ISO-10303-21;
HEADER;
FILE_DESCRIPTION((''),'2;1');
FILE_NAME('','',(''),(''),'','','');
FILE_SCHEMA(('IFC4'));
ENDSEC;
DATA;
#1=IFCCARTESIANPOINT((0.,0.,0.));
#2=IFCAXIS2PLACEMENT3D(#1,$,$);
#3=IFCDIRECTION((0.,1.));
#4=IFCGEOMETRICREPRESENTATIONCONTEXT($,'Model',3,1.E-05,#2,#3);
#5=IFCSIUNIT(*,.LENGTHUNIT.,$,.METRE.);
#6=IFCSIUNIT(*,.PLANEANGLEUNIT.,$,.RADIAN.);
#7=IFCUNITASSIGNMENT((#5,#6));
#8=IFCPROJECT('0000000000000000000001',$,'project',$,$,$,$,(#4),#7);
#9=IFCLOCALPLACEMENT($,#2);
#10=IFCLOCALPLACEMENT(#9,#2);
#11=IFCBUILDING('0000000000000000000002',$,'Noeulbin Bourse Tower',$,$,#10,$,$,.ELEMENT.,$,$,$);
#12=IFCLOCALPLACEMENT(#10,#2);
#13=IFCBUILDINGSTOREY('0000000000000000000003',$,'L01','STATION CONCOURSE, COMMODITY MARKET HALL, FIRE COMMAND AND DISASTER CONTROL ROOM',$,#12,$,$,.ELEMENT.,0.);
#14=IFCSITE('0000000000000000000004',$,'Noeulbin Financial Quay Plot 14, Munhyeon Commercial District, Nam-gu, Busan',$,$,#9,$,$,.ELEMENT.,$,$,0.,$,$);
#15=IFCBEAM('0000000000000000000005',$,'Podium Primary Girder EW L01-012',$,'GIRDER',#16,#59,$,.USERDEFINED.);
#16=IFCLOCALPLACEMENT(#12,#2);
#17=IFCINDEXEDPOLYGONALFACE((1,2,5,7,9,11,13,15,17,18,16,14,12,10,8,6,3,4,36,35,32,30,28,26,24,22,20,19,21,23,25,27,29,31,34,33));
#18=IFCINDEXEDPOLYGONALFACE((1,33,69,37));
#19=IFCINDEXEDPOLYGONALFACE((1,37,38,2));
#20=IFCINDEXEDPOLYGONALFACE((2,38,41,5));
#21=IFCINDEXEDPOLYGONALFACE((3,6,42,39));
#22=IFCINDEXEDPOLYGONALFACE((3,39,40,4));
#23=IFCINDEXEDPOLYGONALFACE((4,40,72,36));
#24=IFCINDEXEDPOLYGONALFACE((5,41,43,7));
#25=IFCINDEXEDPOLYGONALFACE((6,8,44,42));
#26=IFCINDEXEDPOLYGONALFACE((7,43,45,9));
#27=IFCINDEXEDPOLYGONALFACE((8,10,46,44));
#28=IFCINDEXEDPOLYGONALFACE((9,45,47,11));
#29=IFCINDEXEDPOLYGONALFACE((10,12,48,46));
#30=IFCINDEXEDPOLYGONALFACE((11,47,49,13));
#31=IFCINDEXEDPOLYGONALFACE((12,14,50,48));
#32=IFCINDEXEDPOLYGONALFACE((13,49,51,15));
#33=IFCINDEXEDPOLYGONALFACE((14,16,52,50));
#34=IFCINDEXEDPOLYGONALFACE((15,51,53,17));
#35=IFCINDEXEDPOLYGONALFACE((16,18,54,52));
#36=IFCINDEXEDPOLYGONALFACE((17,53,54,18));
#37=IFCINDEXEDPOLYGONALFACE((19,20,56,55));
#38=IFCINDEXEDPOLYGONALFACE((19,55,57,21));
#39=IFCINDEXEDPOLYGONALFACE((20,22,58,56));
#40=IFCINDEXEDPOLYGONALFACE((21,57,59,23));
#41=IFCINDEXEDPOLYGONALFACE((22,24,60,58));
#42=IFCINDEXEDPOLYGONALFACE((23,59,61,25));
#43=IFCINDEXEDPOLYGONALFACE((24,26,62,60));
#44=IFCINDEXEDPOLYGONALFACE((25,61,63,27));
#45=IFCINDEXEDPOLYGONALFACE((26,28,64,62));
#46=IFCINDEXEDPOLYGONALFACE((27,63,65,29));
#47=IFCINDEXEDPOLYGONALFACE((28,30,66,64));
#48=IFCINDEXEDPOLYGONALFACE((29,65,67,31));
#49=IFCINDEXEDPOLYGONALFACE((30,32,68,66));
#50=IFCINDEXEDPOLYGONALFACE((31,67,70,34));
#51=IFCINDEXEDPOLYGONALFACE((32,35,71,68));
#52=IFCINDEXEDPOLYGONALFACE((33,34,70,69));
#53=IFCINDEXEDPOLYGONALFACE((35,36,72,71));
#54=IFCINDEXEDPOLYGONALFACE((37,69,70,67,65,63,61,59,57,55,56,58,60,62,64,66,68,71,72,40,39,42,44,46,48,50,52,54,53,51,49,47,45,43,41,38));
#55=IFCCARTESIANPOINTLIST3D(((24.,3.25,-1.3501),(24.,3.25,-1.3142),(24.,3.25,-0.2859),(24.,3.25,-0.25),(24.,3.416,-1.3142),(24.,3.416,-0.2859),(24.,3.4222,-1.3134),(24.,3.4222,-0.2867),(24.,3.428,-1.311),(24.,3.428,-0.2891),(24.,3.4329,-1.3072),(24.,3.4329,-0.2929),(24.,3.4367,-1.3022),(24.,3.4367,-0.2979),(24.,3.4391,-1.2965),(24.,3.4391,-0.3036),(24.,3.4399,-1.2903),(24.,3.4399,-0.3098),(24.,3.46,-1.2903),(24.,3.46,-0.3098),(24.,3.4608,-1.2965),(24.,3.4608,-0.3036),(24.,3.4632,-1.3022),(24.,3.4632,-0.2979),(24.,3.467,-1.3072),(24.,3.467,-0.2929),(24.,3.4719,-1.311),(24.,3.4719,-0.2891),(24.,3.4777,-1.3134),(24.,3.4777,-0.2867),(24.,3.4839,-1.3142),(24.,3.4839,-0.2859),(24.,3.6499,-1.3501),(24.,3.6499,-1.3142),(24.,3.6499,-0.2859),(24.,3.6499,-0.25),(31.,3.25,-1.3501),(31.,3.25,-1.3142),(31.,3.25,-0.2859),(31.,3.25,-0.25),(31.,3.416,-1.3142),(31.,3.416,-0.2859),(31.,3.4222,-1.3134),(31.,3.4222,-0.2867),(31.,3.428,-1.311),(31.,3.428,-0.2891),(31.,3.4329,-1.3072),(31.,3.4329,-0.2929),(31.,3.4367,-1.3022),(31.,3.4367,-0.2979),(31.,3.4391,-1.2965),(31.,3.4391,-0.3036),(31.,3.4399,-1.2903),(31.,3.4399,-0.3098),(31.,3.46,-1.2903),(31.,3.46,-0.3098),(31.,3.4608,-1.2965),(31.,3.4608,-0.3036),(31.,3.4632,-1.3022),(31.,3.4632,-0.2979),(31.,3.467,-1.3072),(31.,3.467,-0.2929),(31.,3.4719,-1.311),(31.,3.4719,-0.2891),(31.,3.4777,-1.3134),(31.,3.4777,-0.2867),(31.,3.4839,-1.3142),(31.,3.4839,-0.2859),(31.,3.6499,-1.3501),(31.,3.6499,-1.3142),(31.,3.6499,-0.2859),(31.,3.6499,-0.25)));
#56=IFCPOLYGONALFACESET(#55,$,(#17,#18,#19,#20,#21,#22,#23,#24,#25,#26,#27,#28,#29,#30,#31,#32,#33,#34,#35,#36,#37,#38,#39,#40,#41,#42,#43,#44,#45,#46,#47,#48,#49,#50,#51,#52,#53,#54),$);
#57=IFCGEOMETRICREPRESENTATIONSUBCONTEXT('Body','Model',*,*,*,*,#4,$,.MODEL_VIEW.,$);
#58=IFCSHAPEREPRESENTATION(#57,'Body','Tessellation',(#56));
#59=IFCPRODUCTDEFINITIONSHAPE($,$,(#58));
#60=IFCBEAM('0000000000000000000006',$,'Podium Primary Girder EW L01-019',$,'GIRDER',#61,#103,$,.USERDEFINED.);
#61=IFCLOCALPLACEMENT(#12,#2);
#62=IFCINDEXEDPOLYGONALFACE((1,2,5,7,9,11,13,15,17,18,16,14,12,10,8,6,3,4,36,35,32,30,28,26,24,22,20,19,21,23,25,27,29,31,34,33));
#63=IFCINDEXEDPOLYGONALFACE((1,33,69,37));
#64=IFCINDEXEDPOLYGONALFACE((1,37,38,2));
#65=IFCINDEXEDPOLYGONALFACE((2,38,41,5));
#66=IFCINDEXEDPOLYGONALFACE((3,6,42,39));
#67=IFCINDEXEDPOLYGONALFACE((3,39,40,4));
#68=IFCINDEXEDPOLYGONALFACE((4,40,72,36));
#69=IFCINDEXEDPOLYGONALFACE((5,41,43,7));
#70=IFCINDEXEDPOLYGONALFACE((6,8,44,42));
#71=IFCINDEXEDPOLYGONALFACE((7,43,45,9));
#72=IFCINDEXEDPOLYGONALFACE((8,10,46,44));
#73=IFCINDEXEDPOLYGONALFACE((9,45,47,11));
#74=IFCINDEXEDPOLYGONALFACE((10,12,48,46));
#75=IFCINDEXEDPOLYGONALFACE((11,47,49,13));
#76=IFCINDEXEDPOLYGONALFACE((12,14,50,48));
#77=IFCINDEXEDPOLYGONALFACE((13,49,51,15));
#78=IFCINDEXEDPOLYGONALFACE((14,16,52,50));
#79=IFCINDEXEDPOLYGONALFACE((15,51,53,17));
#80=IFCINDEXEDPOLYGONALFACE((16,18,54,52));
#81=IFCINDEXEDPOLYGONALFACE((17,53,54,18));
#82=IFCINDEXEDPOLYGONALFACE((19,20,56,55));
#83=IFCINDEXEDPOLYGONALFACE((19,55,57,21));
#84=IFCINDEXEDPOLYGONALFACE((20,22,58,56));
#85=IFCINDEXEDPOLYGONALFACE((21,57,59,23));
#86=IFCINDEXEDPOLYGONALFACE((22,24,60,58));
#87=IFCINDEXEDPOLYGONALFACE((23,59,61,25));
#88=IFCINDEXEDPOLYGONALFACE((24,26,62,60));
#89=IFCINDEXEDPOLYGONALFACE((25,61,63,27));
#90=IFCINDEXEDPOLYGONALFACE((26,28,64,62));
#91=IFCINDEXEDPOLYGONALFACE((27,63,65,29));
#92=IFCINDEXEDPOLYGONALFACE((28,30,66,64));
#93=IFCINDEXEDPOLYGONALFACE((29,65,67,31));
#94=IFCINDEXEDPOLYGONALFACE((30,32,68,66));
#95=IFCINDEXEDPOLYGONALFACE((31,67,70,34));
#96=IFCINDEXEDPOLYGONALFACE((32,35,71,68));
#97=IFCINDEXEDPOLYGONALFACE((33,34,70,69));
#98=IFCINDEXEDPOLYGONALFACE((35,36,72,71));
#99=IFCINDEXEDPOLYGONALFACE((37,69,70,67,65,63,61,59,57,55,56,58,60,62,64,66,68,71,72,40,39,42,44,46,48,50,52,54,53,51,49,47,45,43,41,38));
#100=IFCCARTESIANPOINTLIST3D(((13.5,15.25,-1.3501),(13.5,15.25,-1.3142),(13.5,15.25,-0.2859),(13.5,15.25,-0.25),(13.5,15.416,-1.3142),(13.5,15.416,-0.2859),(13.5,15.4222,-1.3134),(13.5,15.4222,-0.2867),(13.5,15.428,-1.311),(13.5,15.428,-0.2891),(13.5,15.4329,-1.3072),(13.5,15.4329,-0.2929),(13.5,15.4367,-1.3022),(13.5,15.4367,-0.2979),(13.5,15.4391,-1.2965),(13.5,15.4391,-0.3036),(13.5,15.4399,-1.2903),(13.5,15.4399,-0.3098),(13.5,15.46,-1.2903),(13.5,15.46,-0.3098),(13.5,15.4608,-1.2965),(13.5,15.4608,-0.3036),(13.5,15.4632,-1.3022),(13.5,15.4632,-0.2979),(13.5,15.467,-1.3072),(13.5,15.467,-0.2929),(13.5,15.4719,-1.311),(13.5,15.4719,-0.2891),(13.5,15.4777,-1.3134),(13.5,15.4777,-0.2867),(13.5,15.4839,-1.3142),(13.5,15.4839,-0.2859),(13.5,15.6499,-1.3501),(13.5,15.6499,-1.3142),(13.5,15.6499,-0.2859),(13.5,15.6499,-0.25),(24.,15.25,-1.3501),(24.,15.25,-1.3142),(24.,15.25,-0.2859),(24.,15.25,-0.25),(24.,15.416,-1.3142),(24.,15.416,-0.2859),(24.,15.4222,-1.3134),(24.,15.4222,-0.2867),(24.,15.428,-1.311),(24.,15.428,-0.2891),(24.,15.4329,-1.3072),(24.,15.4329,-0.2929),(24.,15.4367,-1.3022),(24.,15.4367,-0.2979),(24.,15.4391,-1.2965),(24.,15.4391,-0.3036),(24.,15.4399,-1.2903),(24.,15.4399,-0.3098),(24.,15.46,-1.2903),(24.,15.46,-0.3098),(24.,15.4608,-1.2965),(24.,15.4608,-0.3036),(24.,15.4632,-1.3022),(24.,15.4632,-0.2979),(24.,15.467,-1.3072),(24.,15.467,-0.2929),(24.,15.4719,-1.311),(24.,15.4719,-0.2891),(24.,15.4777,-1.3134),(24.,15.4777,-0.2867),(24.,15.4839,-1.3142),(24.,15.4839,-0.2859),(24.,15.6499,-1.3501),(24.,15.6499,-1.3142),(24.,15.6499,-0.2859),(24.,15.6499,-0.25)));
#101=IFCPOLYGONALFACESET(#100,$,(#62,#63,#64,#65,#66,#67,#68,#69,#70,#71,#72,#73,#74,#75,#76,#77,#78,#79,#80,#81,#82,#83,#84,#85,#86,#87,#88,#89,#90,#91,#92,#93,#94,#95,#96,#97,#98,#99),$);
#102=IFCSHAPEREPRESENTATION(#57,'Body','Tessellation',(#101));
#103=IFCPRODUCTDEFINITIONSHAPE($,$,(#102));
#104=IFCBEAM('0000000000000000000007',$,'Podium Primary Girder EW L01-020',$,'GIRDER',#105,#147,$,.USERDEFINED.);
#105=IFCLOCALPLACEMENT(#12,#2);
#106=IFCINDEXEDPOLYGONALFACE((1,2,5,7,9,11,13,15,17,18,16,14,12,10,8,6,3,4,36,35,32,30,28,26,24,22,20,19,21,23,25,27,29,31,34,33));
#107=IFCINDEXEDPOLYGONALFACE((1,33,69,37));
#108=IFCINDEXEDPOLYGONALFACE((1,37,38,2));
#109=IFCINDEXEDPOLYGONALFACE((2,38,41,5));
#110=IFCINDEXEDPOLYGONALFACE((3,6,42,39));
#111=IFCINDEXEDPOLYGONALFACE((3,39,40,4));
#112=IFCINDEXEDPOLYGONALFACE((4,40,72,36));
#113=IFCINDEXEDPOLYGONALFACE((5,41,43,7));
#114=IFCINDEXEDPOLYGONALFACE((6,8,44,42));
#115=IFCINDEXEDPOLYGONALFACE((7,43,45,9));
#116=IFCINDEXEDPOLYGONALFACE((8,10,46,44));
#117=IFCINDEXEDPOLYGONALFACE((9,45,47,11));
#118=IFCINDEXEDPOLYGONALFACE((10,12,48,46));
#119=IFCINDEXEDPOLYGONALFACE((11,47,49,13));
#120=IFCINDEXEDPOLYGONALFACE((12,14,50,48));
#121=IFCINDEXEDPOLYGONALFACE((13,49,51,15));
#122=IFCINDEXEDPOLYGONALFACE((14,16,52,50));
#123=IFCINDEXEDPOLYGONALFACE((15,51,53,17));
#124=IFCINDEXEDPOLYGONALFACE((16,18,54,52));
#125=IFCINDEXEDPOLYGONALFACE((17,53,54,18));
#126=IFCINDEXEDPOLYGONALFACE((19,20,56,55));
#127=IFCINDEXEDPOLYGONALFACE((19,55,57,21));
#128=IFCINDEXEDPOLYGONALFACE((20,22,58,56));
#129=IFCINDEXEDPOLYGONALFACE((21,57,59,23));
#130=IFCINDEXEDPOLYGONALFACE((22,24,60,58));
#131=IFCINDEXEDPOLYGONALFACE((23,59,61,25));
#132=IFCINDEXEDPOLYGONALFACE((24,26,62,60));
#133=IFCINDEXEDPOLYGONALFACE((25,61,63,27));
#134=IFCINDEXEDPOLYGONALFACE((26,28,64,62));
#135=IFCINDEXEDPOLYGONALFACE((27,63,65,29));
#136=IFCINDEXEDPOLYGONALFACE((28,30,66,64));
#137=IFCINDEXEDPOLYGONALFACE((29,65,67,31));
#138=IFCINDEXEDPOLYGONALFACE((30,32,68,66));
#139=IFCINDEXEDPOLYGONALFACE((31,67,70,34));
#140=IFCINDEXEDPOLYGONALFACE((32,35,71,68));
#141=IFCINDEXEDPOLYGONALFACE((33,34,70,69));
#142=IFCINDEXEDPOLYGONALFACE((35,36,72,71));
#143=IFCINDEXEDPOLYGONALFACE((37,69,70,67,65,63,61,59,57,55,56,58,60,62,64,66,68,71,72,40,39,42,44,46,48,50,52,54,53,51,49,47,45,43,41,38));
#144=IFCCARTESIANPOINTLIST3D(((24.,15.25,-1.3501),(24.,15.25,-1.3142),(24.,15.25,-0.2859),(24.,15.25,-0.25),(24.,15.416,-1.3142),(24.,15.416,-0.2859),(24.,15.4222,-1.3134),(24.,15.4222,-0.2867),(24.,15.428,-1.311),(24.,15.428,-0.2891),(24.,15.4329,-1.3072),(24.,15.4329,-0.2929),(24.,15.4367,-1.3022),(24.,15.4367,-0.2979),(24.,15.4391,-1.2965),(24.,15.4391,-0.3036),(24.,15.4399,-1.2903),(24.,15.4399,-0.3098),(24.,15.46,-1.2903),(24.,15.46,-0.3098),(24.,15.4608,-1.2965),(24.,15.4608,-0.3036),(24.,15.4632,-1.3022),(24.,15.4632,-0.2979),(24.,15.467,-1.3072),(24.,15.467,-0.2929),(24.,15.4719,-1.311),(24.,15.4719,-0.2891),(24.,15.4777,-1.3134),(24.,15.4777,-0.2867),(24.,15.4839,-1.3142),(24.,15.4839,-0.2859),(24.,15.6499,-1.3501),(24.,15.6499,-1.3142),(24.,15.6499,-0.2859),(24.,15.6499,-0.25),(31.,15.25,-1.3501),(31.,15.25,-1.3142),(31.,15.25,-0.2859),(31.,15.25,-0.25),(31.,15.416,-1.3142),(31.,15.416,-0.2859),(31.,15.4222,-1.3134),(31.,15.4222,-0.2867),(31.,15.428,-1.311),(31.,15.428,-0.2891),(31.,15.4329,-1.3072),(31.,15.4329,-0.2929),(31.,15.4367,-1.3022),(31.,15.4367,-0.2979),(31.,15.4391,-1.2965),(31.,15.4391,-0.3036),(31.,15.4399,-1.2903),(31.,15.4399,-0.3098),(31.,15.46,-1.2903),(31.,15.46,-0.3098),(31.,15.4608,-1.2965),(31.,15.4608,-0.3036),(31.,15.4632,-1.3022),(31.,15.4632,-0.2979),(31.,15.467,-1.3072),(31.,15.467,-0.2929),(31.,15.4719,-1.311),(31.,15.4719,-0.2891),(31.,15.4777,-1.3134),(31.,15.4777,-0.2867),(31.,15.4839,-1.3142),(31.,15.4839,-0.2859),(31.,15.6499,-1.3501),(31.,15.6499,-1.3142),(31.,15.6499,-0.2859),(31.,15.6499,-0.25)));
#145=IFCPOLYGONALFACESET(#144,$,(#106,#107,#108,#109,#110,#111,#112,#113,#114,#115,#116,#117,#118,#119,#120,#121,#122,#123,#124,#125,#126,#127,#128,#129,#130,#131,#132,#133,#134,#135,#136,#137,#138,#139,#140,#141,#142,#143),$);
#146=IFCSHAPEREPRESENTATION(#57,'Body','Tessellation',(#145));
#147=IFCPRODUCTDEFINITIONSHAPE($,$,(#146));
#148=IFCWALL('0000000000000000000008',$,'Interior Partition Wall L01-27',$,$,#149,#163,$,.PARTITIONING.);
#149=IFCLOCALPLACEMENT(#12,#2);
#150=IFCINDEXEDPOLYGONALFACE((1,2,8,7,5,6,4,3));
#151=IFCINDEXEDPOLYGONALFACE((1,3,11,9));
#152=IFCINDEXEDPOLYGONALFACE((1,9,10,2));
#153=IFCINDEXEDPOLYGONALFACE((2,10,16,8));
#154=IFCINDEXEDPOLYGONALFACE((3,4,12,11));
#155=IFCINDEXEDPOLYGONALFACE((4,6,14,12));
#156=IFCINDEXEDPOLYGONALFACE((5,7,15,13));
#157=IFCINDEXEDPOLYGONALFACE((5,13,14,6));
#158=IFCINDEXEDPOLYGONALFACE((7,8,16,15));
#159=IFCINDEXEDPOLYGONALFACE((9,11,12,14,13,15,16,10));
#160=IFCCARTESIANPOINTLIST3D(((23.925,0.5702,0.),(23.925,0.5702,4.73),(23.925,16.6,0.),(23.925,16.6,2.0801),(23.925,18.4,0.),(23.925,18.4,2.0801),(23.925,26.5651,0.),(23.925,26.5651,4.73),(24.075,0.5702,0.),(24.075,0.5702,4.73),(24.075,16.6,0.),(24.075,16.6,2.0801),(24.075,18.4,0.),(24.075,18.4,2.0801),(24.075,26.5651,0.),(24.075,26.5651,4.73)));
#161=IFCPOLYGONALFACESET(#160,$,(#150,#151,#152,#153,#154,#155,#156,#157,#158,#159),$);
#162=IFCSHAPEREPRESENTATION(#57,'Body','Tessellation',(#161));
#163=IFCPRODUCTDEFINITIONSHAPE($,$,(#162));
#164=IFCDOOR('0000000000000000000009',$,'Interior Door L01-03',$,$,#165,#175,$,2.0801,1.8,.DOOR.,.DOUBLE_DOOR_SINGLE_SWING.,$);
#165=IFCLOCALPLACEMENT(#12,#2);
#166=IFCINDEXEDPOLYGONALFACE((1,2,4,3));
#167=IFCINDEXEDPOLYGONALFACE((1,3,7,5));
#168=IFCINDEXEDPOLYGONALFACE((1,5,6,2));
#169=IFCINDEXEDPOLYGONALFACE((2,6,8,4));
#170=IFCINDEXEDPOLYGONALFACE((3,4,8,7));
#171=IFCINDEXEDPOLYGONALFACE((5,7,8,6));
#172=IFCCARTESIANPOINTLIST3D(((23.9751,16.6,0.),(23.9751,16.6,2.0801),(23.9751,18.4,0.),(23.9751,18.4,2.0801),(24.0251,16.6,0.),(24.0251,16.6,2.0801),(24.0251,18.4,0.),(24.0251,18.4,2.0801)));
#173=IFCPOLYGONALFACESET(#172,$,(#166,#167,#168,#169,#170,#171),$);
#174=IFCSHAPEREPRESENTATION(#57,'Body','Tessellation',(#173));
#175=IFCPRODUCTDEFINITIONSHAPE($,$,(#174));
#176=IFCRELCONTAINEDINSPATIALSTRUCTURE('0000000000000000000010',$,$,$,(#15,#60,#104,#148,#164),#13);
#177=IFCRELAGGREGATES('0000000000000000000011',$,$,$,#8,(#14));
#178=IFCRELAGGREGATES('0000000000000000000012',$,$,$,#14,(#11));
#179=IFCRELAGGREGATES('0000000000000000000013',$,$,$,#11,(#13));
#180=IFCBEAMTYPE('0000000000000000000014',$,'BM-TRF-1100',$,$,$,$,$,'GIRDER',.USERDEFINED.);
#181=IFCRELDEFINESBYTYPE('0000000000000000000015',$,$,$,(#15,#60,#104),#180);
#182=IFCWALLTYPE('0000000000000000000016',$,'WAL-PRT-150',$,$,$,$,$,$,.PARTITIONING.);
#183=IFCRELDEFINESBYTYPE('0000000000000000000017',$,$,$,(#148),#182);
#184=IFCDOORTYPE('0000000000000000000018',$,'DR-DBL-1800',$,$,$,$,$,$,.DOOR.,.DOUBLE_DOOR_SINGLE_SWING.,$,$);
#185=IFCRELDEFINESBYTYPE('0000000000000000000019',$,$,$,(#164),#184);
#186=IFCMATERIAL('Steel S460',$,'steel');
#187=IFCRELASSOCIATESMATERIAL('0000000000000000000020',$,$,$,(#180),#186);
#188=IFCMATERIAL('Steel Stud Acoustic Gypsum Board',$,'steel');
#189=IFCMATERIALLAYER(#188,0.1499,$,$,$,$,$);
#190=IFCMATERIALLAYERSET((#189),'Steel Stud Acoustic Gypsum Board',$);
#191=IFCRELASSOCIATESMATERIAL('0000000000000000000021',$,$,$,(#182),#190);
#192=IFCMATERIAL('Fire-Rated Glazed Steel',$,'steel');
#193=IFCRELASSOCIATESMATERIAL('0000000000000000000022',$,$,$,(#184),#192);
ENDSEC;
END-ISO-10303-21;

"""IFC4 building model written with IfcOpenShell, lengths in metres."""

from ifc_helpers import new_model, si_unit, direction, frame, frame_2d, origin, origin_2d, place, context, subcontext, project, spatial, rectangle, i_section, extrude, material, layer, layer_set, material_profile, profile_set, type_object, element, fill, save


model = new_model("IFC4")

# Units and contexts
model_context = context("Model", 3, precision=1e-05, world=origin(), true_north=direction((0.0, 1.0)))
body_context = subcontext(model_context, "Body", "Model", "MODEL_VIEW")
ifc_project = project(units=[si_unit("LENGTHUNIT", "METRE"), si_unit("PLANEANGLEUNIT", "RADIAN")], contexts=[model_context])

# Site, building, storey
site_placement = place(None, origin())
site = spatial("IfcSite", under=ifc_project, at=site_placement, Name="Noeulbin Financial Quay Plot 14, Munhyeon Commercial District, Nam-gu, Busan", CompositionType="ELEMENT", RefElevation=0.0)
building_placement = place(site_placement, origin())
building = spatial("IfcBuilding", under=site, at=building_placement, Name="Noeulbin Bourse Tower", CompositionType="ELEMENT")
storey_placement = place(building_placement, origin())
storey = spatial("IfcBuildingStorey", under=building, at=storey_placement, Name="L01", Description="STATION CONCOURSE, COMMODITY MARKET HALL, FIRE COMMAND AND DISASTER CONTROL ROOM", CompositionType="ELEMENT", Elevation=0.0)

# Beams
ifc_material_1 = material(Name="Steel S460", Category="steel")
ifc_material_profile_1 = material_profile(ifc_material_1, i_section(OverallWidth=0.3999, OverallDepth=1.1001, WebThickness=0.02, FlangeThickness=0.0359, FilletRadius=0.0239, at=origin_2d()), Name="PG-1100x400x20x36", Category="LoadBearing")
ifc_profile_set_1 = profile_set([ifc_material_profile_1], Name="Steel S460")
beam_type_1 = type_object("IfcBeamType", Name="BM-TRF-1100", ElementType="GIRDER", PredefinedType="USERDEFINED", material=ifc_profile_set_1)
for number, where, z_axis, x_axis, name in (
    (1, (24.0, 3.45, -0.8), (1.0, 0.0, 0.0), (0.0, 1.0, 0.0), "Podium Primary Girder EW L01-012"),
):
    element("IfcBeam", number, at=place(storey_placement, frame(where, z_axis=z_axis, x_axis=x_axis)), inside=storey, type_object=beam_type_1, Name=name, ObjectType="GIRDER", PredefinedType="USERDEFINED", context=body_context, shape_type="SweptSolid", body=[
        extrude(i_section(OverallWidth=0.3999, OverallDepth=1.1001, WebThickness=0.02, FlangeThickness=0.0359, FilletRadius=0.0239, at=origin_2d()), origin(), (0.0, 0.0, 1.0), 7.0),
    ])
beam_1_placement = place(storey_placement, frame((13.5, 15.45, -0.8), z_axis=(1.0, 0.0, 0.0), x_axis=(0.0, 1.0, 0.0)))
element("IfcBeam", 2, at=beam_1_placement, inside=storey, type_object=beam_type_1, Name="Podium Primary Girder EW L01-019", ObjectType="GIRDER", PredefinedType="USERDEFINED", context=body_context, shape_type="SweptSolid", body=[
    extrude(i_section(OverallWidth=0.3999, OverallDepth=1.1001, WebThickness=0.02, FlangeThickness=0.0359, FilletRadius=0.0239, at=origin_2d()), origin(), (0.0, 0.0, 1.0), 10.5),
])
beam_2_placement = place(storey_placement, frame((24.0, 15.45, -0.8), z_axis=(1.0, 0.0, 0.0), x_axis=(0.0, 1.0, 0.0)))
element("IfcBeam", 3, at=beam_2_placement, inside=storey, type_object=beam_type_1, Name="Podium Primary Girder EW L01-020", ObjectType="GIRDER", PredefinedType="USERDEFINED", context=body_context, shape_type="SweptSolid", body=[
    extrude(i_section(OverallWidth=0.3999, OverallDepth=1.1001, WebThickness=0.02, FlangeThickness=0.0359, FilletRadius=0.0239, at=origin_2d()), origin(), (0.0, 0.0, 1.0), 7.0),
])

# Wall, opening, door
ifc_material_2 = material(Name="Steel Stud Acoustic Gypsum Board", Category="steel")
ifc_layer = layer(ifc_material_2, 0.1499)
ifc_layer_set = layer_set([ifc_layer], Name="Steel Stud Acoustic Gypsum Board")
wall_type = type_object("IfcWallType", Name="WAL-PRT-150", PredefinedType="PARTITIONING", material=ifc_layer_set)
wall_placement = place(storey_placement, frame((24.0, 0.5701, 0.0), z_axis=(0.0, 0.0, 1.0), x_axis=(0.0, 1.0, 0.0)))
wall = element("IfcWall", 4, at=wall_placement, inside=storey, type_object=wall_type, Name="Interior Partition Wall L01-27", PredefinedType="PARTITIONING", context=body_context, shape_type="SweptSolid", body=[
    extrude(rectangle(XDim=25.9949, YDim=0.1499, at=frame_2d((12.9976, 0.0))), origin(), (0.0, 0.0, 1.0), 4.73),
])
opening_placement = place(wall_placement, frame((16.03, 0.0, 0.0)))
opening = element("IfcOpeningElement", 5, at=opening_placement, cuts=wall, PredefinedType="OPENING", context=body_context, shape_type="SweptSolid", body=[
    extrude(rectangle(XDim=1.8, YDim=2.0801, at=frame_2d((0.8999, 1.04))), frame((0.0, 0.085, 0.0), z_axis=(0.0, -1.0, 0.0), x_axis=(1.0, 0.0, 0.0)), (0.0, 0.0, 1.0), 0.1699),
])
ifc_material_3 = material(Name="Fire-Rated Glazed Steel", Category="steel")
door_type = type_object("IfcDoorType", Name="DR-DBL-1800", OperationType="DOUBLE_DOOR_SINGLE_SWING", PredefinedType="DOOR", material=ifc_material_3)
door_placement = place(opening_placement, origin())
door = element("IfcDoor", 6, at=door_placement, inside=storey, type_object=door_type, Name="Interior Door L01-03", OperationType="DOUBLE_DOOR_SINGLE_SWING", OverallHeight=2.0801, OverallWidth=1.8, PredefinedType="DOOR", context=body_context, shape_type="SweptSolid", body=[
    extrude(rectangle(XDim=1.8, YDim=2.0801, at=frame_2d((0.8999, 1.04))), frame((0.0, 0.0249, 0.0), z_axis=(0.0, -1.0, 0.0), x_axis=(1.0, 0.0, 0.0)), (0.0, 0.0, 1.0), 0.05),
])
fill(opening, door)

save(model, "model.ifc")
